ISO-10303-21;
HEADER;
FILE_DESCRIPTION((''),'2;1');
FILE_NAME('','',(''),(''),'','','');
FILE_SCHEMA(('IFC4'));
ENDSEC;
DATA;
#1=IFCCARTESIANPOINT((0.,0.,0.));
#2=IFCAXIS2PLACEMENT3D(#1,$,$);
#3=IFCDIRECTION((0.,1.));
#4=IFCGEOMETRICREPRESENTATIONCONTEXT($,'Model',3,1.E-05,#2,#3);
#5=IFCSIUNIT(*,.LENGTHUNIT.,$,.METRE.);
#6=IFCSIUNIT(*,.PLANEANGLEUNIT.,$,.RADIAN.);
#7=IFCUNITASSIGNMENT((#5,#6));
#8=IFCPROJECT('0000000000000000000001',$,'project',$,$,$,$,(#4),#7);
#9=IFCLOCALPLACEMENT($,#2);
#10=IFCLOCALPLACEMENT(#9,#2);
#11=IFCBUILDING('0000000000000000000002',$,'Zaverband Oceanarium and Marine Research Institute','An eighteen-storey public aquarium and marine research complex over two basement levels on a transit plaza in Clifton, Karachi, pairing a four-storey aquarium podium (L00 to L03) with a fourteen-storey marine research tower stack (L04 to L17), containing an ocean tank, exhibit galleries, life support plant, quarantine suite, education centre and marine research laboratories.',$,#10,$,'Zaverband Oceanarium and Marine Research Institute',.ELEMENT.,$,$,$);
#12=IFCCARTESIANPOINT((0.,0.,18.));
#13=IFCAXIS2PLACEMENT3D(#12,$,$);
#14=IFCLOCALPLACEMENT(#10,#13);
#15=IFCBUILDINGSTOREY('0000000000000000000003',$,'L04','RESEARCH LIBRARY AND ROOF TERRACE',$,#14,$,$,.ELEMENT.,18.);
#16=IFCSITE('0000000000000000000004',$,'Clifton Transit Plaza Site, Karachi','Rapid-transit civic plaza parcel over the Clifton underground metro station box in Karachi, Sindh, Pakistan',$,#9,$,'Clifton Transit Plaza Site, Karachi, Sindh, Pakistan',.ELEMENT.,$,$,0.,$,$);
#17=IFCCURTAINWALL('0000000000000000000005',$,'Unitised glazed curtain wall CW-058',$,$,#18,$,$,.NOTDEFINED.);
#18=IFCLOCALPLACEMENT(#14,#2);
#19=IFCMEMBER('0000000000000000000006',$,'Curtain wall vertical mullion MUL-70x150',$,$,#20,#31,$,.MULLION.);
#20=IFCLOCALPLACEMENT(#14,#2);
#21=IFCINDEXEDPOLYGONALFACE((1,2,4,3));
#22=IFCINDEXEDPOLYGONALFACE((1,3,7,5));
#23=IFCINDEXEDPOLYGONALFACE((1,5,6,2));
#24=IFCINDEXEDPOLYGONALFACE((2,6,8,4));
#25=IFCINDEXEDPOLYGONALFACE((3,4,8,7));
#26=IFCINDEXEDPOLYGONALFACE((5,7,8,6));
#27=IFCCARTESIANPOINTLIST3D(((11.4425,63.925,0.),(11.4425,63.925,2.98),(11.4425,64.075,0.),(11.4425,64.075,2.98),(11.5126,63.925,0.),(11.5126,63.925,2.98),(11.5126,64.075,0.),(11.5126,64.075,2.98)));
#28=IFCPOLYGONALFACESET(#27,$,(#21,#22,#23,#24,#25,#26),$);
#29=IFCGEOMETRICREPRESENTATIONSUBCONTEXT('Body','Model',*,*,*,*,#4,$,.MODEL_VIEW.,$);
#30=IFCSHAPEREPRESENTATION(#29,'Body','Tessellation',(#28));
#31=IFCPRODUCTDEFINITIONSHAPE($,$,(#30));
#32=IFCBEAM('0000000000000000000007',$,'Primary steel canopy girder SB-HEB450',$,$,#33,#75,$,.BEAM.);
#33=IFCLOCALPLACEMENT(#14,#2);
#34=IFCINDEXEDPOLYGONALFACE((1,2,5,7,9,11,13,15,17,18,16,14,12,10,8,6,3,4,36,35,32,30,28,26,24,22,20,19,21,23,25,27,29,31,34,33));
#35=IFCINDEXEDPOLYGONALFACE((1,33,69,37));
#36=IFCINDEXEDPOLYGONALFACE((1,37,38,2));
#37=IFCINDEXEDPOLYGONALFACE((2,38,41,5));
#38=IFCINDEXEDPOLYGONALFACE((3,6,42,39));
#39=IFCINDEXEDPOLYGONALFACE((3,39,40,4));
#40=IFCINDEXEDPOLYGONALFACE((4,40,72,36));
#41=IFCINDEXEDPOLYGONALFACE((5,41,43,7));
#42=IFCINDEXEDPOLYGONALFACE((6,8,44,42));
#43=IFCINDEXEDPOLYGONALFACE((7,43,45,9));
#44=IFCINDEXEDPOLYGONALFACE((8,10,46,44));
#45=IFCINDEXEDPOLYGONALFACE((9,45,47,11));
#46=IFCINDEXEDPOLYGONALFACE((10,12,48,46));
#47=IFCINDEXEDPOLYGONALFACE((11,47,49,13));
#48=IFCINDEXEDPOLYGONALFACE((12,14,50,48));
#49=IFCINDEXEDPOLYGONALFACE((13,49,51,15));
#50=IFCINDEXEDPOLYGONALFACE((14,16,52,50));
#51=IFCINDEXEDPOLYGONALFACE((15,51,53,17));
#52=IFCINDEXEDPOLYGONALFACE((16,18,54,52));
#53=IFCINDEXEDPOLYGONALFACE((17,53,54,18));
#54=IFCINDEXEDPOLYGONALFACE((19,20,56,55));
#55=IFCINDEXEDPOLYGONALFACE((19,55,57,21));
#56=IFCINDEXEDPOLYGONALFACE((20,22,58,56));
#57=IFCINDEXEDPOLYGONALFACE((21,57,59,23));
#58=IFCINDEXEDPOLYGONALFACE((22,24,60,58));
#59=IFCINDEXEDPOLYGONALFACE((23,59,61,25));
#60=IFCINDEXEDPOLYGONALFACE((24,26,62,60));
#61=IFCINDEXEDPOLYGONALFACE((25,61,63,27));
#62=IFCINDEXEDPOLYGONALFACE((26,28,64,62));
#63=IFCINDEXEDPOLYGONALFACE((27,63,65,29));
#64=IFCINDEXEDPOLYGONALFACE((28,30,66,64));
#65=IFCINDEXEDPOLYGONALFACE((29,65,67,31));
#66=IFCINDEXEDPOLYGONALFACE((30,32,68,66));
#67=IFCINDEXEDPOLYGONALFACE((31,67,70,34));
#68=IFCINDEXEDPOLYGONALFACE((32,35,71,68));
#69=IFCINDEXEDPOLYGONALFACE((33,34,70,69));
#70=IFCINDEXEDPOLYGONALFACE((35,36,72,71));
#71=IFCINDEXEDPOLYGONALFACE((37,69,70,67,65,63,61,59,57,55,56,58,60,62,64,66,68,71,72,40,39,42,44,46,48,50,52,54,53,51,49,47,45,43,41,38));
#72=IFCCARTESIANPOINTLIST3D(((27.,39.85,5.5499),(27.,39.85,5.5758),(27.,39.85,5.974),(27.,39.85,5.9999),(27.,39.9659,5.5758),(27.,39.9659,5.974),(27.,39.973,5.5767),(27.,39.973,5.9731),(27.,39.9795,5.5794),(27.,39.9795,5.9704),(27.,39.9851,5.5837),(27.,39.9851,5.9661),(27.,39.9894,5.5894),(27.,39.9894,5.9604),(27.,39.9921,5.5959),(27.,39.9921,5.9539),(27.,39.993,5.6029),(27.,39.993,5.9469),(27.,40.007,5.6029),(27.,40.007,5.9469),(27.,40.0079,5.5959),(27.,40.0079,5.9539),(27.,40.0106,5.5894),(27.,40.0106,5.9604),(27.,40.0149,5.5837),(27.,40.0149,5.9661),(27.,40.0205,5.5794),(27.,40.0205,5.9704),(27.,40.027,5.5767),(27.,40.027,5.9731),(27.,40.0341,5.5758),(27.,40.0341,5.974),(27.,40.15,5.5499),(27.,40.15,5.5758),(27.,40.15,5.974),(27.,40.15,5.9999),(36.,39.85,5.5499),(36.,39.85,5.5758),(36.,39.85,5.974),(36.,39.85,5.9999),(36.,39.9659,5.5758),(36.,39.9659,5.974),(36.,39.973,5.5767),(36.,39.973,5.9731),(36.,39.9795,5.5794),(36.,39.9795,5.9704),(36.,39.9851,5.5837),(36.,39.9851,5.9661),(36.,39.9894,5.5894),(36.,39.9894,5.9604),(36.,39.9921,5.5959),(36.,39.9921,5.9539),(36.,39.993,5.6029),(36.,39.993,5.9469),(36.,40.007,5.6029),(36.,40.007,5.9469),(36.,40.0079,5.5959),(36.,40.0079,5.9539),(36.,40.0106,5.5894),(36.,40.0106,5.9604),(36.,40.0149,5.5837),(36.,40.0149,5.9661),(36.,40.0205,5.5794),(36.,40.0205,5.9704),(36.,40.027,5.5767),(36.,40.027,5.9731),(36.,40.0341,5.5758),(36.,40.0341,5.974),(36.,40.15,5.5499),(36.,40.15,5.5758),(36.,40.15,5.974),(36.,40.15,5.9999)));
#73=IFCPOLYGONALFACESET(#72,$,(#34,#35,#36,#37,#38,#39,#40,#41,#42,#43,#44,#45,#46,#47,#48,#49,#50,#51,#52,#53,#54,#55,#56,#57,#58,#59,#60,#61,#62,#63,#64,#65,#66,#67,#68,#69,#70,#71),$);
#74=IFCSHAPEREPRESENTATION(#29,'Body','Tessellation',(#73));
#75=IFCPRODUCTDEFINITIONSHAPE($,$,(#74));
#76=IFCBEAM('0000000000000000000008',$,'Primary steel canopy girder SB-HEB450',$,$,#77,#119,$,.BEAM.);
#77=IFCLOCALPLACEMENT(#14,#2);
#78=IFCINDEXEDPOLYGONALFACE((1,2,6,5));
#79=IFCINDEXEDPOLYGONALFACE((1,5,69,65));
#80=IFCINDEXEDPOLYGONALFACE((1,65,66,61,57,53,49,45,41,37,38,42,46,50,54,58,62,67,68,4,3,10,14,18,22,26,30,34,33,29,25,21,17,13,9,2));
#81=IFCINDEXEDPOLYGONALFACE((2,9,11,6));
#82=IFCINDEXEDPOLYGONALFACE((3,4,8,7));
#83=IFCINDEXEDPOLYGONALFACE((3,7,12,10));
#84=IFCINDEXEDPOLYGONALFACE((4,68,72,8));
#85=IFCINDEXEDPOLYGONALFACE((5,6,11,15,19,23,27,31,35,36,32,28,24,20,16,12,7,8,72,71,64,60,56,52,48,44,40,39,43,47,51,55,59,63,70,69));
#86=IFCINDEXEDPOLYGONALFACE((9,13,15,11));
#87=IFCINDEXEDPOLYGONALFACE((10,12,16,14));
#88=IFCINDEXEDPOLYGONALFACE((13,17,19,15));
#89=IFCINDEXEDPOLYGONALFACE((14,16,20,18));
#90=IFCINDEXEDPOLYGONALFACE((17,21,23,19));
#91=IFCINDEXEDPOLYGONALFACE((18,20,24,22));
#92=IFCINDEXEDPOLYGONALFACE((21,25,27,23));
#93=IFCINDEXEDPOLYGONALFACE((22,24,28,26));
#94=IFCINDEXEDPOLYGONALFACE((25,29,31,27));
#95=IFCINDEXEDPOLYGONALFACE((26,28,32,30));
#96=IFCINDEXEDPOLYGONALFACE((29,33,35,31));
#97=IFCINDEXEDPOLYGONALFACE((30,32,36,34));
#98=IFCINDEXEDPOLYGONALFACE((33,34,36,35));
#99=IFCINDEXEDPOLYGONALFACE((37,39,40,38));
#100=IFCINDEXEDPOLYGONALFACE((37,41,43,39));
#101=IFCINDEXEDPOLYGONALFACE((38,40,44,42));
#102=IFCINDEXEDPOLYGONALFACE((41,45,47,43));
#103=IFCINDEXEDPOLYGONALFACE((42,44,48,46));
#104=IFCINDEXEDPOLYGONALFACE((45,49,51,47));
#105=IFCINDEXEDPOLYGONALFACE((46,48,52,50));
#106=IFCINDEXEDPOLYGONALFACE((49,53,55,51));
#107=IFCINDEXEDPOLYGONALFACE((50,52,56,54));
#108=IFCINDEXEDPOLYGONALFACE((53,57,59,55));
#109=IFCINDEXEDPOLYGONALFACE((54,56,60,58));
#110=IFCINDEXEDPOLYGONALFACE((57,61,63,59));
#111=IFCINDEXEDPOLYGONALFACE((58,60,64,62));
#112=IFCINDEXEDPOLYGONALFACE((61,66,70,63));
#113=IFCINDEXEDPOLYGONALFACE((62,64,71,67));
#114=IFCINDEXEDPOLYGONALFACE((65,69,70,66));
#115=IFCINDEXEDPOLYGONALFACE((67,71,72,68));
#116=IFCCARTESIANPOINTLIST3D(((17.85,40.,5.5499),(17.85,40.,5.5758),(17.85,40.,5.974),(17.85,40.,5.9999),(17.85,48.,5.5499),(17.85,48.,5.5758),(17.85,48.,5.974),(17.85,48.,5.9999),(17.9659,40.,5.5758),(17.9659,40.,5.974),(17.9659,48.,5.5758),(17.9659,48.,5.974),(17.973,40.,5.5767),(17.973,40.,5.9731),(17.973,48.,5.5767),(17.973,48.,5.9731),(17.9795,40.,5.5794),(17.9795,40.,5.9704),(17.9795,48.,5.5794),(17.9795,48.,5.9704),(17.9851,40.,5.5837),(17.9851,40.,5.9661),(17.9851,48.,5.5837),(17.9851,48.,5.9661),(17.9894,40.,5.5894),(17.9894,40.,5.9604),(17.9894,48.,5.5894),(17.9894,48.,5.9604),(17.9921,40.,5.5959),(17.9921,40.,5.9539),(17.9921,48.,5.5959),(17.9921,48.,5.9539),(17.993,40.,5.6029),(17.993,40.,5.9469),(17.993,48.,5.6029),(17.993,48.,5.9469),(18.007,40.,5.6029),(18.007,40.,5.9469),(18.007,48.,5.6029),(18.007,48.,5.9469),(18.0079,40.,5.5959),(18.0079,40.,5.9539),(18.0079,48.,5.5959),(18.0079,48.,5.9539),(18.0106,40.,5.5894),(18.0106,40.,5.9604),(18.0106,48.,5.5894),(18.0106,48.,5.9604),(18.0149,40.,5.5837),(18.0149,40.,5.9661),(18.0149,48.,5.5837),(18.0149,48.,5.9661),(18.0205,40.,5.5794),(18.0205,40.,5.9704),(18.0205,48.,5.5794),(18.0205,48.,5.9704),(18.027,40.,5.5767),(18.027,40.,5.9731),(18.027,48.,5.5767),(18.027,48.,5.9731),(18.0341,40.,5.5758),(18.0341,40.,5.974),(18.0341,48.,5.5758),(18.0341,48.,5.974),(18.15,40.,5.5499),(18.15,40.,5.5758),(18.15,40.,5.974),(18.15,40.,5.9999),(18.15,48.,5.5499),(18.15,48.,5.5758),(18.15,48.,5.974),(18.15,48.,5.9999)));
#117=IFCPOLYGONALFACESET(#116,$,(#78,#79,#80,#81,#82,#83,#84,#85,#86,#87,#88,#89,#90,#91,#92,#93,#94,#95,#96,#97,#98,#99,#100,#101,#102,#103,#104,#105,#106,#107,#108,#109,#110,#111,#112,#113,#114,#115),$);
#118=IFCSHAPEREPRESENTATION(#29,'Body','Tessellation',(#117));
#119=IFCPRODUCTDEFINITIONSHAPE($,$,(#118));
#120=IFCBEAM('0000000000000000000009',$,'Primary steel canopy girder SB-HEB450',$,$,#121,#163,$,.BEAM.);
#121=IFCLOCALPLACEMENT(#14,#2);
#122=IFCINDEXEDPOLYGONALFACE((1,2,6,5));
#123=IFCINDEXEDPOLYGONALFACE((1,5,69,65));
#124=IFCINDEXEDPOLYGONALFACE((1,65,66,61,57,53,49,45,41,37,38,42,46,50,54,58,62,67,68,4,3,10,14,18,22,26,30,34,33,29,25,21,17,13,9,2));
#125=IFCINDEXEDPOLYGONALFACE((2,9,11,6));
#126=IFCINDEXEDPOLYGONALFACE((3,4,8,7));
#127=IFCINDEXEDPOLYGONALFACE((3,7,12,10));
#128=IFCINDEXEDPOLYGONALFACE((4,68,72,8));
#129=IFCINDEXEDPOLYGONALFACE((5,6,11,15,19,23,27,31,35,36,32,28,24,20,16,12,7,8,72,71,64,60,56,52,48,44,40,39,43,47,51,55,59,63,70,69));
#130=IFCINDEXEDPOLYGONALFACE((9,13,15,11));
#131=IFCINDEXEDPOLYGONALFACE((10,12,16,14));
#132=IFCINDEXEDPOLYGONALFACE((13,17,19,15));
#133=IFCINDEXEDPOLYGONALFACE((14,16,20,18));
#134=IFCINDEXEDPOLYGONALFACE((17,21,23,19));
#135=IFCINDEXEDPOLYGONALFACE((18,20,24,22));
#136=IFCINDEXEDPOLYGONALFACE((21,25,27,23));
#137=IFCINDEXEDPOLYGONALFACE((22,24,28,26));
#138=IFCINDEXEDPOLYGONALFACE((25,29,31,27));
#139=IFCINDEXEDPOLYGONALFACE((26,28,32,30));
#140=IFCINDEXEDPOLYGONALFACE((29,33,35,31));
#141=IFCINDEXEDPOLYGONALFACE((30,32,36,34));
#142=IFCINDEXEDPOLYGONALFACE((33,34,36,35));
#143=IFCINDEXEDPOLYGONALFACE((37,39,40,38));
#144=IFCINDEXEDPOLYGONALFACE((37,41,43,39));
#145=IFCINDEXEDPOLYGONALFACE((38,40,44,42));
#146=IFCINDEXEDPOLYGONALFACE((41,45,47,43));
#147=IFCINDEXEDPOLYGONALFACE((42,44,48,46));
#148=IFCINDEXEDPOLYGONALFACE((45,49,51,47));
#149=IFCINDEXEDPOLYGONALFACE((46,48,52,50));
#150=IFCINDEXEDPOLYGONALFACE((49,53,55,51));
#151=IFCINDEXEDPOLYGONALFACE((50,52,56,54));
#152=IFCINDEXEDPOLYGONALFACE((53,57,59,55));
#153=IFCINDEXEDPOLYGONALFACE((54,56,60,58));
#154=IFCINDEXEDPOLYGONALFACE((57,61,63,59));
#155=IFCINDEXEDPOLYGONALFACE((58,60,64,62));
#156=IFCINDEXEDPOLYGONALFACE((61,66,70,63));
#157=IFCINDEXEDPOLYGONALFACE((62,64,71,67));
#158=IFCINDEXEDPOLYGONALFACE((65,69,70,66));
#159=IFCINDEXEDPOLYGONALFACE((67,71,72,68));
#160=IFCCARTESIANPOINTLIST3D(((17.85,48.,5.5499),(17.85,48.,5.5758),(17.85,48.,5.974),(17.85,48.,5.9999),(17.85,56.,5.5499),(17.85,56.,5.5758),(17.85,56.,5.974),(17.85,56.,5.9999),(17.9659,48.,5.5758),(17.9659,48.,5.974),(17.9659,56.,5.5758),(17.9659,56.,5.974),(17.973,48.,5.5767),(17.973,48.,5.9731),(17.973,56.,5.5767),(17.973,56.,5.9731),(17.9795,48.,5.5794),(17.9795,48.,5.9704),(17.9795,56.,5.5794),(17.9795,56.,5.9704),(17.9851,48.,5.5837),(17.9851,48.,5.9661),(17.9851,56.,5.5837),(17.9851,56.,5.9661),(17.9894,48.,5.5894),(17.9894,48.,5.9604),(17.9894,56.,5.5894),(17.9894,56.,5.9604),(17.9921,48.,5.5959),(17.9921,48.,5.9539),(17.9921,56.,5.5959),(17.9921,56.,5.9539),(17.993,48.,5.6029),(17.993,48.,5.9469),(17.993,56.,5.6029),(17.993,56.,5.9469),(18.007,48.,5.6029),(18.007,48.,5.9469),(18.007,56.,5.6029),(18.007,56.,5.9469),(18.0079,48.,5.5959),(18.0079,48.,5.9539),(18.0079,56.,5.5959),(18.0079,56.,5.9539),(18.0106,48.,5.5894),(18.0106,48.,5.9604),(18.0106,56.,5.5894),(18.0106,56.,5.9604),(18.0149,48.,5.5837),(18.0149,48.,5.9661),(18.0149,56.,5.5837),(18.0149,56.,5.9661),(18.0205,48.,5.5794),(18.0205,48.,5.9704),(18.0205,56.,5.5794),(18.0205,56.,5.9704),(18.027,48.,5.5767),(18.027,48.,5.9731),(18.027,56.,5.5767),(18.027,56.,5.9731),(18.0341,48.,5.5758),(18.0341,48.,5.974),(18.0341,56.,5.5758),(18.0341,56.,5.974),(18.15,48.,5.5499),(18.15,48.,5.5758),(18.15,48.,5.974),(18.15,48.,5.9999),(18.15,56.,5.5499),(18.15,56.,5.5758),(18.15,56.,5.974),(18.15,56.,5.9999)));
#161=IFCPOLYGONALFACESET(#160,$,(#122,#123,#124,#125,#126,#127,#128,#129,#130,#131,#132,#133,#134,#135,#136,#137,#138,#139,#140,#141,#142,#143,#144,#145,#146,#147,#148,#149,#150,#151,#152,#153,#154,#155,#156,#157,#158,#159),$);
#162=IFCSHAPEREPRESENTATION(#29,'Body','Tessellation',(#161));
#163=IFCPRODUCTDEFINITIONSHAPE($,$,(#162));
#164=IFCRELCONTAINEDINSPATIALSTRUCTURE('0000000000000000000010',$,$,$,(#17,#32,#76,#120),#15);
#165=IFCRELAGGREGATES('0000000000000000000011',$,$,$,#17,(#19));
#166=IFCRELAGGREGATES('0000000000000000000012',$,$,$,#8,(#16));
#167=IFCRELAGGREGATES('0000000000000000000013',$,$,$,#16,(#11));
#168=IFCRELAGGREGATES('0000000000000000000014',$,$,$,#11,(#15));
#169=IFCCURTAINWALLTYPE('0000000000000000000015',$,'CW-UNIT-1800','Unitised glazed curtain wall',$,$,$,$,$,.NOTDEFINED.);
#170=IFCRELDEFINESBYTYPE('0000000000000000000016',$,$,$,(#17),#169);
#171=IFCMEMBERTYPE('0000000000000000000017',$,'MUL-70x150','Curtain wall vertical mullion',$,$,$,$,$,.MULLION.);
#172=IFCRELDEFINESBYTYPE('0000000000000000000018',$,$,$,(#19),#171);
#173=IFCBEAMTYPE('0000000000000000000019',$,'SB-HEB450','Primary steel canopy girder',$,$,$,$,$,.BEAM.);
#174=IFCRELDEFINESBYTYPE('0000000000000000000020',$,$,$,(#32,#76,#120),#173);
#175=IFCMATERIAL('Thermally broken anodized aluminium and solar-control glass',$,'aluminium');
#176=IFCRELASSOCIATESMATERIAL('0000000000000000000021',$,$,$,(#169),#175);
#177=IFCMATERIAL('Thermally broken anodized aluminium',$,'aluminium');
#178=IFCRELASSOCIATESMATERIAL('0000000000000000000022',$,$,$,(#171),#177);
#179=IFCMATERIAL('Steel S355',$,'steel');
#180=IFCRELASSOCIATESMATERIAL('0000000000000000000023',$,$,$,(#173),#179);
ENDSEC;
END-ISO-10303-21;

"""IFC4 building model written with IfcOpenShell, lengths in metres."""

from ifc_helpers import new_model, si_unit, direction, frame, origin, origin_2d, place, context, subcontext, project, spatial, rectangle, i_section, extrude, material, material_profile, profile_set, type_object, element, aggregate, save


model = new_model("IFC4")

# Units and contexts
model_context = context("Model", 3, precision=1e-05, world=origin(), true_north=direction((0.0, 1.0)))
body_context = subcontext(model_context, "Body", "Model", "MODEL_VIEW")
ifc_project = project(units=[si_unit("LENGTHUNIT", "METRE"), si_unit("PLANEANGLEUNIT", "RADIAN")], contexts=[model_context])

# Site, building, storey
site_placement = place(None, origin())
site = spatial("IfcSite", under=ifc_project, at=site_placement, Name="Clifton Transit Plaza Site, Karachi", Description="Rapid-transit civic plaza parcel over the Clifton underground metro station box in Karachi, Sindh, Pakistan", LongName="Clifton Transit Plaza Site, Karachi, Sindh, Pakistan", CompositionType="ELEMENT", RefElevation=0.0)
building_placement = place(site_placement, origin())
building = spatial("IfcBuilding", under=site, at=building_placement, Name="Zaverband Oceanarium and Marine Research Institute", Description="An eighteen-storey public aquarium and marine research complex over two basement levels on a transit plaza in Clifton, Karachi, pairing a four-storey aquarium podium (L00 to L03) with a fourteen-storey marine research tower stack (L04 to L17), containing an ocean tank, exhibit galleries, life support plant, quarantine suite, education centre and marine research laboratories.", LongName="Zaverband Oceanarium and Marine Research Institute", CompositionType="ELEMENT")
storey_placement = place(building_placement, frame((0.0, 0.0, 18.0)))
storey = spatial("IfcBuildingStorey", under=building, at=storey_placement, Name="L04", Description="RESEARCH LIBRARY AND ROOF TERRACE", CompositionType="ELEMENT", Elevation=18.0)

# Shared definitions
ifc_material_1 = material(Name="Steel S355", Category="steel")

# Curtain wall, member
ifc_material_2 = material(Name="Thermally broken anodized aluminium and solar-control glass", Category="aluminium")
curtain_wall_type = type_object("IfcCurtainWallType", Name="CW-UNIT-1800", Description="Unitised glazed curtain wall", PredefinedType="NOTDEFINED", material=ifc_material_2)
curtain_wall_placement = place(storey_placement, origin())
curtain_wall = element("IfcCurtainWall", 1, at=curtain_wall_placement, inside=storey, type_object=curtain_wall_type, Name="Unitised glazed curtain wall CW-058", PredefinedType="NOTDEFINED")
ifc_material_3 = material(Name="Thermally broken anodized aluminium", Category="aluminium")
ifc_material_profile_1 = material_profile(ifc_material_3, rectangle(XDim=0.0701, YDim=0.1499, at=origin_2d()), Name="AL-MUL-70x150")
ifc_profile_set_1 = profile_set([ifc_material_profile_1], Name="Thermally broken anodized aluminium")
member_type_1 = type_object("IfcMemberType", Name="MUL-70x150", Description="Curtain wall vertical mullion", PredefinedType="MULLION", material=ifc_profile_set_1)
member_1_placement = place(storey_placement, frame((11.4775, 64.0, 0.0), z_axis=(0.0, 0.0, 1.0), x_axis=(1.0, 0.0, 0.0)))
member_1 = element("IfcMember", 2, at=member_1_placement, type_object=member_type_1, Name="Curtain wall vertical mullion MUL-70x150", PredefinedType="MULLION", context=body_context, shape_type="SweptSolid", body=[
    extrude(rectangle(XDim=0.0701, YDim=0.1499, at=origin_2d()), origin(), (0.0, 0.0, 1.0), 2.98),
])

# Beams
ifc_material_profile_2 = material_profile(ifc_material_1, i_section(OverallWidth=0.3, OverallDepth=0.45, WebThickness=0.0139, FlangeThickness=0.0259, FilletRadius=0.0271, at=origin_2d()), Name="HEB450")
ifc_profile_set_2 = profile_set([ifc_material_profile_2], Name="Steel S355")
beam_type_1 = type_object("IfcBeamType", Name="SB-HEB450", Description="Primary steel canopy girder", PredefinedType="BEAM", material=ifc_profile_set_2)
beam_1_placement = place(storey_placement, frame((27.0, 40.0, 5.7749), z_axis=(1.0, 0.0, 0.0), x_axis=(0.0, 1.0, 0.0)))
element("IfcBeam", 3, at=beam_1_placement, inside=storey, type_object=beam_type_1, Name="Primary steel canopy girder SB-HEB450", PredefinedType="BEAM", context=body_context, shape_type="SweptSolid", body=[
    extrude(i_section(OverallWidth=0.3, OverallDepth=0.45, WebThickness=0.0139, FlangeThickness=0.0259, FilletRadius=0.0271, at=origin_2d()), origin(), (0.0, 0.0, 1.0), 9.0),
])
for number, where, z_axis, x_axis, name in (
    (4, (18.0, 40.0, 5.7749), (0.0, 1.0, 0.0), (-1.0, 0.0, 0.0), "Primary steel canopy girder SB-HEB450"),
    (5, (18.0, 48.0, 5.7749), (0.0, 1.0, 0.0), (-1.0, 0.0, 0.0), "Primary steel canopy girder SB-HEB450"),
):
    element("IfcBeam", number, at=place(storey_placement, frame(where, z_axis=z_axis, x_axis=x_axis)), inside=storey, type_object=beam_type_1, Name=name, PredefinedType="BEAM", context=body_context, shape_type="SweptSolid", body=[
        extrude(i_section(OverallWidth=0.3, OverallDepth=0.45, WebThickness=0.0139, FlangeThickness=0.0259, FilletRadius=0.0271, at=origin_2d()), origin(), (0.0, 0.0, 1.0), 8.0),
    ])

aggregate(curtain_wall, [member_1])

save(model, "model.ifc")
